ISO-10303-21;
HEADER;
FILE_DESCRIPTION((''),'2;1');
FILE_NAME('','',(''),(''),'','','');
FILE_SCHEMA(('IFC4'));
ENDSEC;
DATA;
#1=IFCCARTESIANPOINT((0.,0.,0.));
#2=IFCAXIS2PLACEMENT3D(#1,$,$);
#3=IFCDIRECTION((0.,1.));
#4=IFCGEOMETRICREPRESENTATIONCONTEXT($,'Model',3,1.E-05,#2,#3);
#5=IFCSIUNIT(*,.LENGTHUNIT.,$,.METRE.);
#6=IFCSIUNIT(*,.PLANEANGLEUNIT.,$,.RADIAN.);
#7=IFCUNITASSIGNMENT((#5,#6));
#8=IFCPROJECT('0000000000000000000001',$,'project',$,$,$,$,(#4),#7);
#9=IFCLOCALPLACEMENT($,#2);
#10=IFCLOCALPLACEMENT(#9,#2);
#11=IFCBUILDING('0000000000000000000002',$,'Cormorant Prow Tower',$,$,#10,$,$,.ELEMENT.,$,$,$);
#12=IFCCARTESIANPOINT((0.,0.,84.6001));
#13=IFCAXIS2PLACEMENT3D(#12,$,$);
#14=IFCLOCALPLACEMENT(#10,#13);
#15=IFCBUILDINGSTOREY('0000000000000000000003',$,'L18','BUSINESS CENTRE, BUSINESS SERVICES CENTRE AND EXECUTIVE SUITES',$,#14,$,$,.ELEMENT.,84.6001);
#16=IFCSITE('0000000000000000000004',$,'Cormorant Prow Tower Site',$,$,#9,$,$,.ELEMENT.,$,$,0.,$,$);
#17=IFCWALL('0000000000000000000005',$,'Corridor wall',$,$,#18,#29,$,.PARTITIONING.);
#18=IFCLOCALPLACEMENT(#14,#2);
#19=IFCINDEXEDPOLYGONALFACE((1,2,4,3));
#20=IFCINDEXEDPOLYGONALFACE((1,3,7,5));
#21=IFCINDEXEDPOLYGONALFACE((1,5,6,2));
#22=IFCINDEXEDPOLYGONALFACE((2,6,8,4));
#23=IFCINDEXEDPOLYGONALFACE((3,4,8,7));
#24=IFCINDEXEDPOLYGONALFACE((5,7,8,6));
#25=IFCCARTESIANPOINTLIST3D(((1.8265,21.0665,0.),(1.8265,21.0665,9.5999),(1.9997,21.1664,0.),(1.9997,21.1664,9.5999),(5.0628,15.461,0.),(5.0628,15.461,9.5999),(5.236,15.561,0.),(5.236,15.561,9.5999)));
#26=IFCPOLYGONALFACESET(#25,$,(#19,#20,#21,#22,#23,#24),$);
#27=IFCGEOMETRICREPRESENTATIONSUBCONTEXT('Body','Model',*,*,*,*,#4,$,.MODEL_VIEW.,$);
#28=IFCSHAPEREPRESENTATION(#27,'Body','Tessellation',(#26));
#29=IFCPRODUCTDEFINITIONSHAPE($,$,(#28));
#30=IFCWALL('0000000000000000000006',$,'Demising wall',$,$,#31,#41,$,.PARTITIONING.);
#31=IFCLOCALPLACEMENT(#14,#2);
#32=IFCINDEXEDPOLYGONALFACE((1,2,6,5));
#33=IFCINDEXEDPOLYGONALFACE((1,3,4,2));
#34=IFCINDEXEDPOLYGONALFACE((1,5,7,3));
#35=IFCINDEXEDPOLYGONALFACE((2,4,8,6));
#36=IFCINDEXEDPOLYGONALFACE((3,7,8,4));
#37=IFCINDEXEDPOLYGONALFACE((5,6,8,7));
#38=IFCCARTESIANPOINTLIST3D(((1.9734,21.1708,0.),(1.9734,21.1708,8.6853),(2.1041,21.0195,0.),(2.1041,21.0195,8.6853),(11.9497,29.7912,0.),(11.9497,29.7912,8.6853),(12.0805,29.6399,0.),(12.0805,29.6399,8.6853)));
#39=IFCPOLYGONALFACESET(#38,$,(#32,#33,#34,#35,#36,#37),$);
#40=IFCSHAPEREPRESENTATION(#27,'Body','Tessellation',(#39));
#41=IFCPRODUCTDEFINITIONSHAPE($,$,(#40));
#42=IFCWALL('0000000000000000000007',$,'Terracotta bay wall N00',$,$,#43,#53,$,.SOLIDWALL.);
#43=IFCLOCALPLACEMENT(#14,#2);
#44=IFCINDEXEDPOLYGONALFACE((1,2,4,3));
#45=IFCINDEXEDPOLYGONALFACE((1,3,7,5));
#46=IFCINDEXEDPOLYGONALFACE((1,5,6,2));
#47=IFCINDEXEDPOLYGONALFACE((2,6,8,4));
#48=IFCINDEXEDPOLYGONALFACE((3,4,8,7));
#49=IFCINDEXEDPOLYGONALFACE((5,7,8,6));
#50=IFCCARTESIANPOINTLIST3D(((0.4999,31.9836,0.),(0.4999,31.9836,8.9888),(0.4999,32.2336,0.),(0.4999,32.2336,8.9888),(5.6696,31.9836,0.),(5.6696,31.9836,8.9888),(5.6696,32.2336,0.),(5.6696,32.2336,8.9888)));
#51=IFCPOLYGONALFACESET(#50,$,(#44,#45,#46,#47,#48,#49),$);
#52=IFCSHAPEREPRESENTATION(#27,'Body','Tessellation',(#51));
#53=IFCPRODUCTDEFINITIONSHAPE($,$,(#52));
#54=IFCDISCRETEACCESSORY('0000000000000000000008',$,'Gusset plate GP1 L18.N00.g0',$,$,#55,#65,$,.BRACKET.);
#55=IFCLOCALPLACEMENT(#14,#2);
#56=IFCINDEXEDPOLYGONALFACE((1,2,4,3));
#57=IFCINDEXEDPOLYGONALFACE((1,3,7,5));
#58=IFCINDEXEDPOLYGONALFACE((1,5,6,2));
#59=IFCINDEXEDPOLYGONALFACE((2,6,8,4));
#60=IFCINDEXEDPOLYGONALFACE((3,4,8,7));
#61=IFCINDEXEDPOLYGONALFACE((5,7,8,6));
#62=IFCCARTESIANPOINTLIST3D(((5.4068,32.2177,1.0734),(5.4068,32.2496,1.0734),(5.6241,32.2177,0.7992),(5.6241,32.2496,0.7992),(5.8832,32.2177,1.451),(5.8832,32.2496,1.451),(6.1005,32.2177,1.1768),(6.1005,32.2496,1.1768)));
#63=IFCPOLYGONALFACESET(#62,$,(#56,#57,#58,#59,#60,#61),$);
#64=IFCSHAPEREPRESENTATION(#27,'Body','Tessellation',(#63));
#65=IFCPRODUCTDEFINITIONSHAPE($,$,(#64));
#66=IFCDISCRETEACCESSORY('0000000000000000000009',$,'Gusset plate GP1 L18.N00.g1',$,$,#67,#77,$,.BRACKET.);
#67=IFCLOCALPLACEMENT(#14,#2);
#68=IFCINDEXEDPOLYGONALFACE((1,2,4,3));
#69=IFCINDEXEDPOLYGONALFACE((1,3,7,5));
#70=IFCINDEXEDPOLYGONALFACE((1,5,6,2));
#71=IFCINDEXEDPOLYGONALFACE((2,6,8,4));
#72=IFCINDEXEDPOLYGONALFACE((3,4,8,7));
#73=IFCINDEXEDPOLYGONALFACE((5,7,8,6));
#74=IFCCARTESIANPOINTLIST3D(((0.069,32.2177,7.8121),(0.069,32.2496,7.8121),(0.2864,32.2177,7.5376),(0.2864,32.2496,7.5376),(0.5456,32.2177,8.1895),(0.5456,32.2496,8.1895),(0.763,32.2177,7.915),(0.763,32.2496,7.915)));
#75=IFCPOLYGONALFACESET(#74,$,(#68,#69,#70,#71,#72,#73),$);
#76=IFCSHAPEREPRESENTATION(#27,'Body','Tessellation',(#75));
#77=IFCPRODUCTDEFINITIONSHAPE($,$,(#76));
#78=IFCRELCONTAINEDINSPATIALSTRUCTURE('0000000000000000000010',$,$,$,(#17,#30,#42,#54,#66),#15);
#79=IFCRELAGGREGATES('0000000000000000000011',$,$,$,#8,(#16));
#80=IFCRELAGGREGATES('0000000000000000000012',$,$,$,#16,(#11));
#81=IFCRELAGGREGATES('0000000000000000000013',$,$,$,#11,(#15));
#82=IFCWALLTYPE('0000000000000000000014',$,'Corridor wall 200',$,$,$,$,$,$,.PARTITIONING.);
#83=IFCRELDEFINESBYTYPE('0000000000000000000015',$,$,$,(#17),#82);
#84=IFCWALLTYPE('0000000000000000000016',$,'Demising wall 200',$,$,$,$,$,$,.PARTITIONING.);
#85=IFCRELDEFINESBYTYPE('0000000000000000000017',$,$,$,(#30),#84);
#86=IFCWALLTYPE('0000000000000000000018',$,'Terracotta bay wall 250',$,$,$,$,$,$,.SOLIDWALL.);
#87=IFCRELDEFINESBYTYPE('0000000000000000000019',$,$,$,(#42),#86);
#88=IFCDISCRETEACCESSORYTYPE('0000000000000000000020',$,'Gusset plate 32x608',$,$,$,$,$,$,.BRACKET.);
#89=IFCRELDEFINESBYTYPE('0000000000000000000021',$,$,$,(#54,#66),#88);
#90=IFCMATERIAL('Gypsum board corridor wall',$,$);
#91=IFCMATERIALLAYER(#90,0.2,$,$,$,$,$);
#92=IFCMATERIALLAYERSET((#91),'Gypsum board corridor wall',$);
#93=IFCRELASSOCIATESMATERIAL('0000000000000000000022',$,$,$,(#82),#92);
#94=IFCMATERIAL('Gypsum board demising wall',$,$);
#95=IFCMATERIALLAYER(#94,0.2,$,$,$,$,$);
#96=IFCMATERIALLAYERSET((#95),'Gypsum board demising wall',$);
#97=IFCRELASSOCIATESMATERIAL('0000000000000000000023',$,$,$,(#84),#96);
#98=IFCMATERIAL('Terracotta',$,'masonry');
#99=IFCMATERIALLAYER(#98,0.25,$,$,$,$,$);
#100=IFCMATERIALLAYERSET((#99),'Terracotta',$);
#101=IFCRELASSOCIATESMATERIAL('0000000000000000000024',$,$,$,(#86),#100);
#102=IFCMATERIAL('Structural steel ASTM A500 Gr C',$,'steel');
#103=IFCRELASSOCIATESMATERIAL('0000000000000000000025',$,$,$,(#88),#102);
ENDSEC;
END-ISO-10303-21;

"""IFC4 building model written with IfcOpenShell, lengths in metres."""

from ifc_helpers import new_model, si_unit, direction, frame, frame_2d, origin, origin_2d, place, context, subcontext, project, spatial, rectangle, extrude, material, layer, layer_set, material_profile, profile_set, type_object, element, save


model = new_model("IFC4")

# Units and contexts
model_context = context("Model", 3, precision=1e-05, world=origin(), true_north=direction((0.0, 1.0)))
body_context = subcontext(model_context, "Body", "Model", "MODEL_VIEW")
ifc_project = project(units=[si_unit("LENGTHUNIT", "METRE"), si_unit("PLANEANGLEUNIT", "RADIAN")], contexts=[model_context])

# Site, building, storey
site_placement = place(None, origin())
site = spatial("IfcSite", under=ifc_project, at=site_placement, Name="Cormorant Prow Tower Site", CompositionType="ELEMENT", RefElevation=0.0)
building_placement = place(site_placement, origin())
building = spatial("IfcBuilding", under=site, at=building_placement, Name="Cormorant Prow Tower", CompositionType="ELEMENT")
storey_placement = place(building_placement, frame((0.0, 0.0, 84.6001)))
storey = spatial("IfcBuildingStorey", under=building, at=storey_placement, Name="L18", Description="BUSINESS CENTRE, BUSINESS SERVICES CENTRE AND EXECUTIVE SUITES", CompositionType="ELEMENT", Elevation=84.6001)

# Walls
ifc_material_1 = material(Name="Gypsum board corridor wall")
ifc_layer_1 = layer(ifc_material_1, 0.2)
ifc_layer_set_1 = layer_set([ifc_layer_1], Name="Gypsum board corridor wall")
wall_type_1 = type_object("IfcWallType", Name="Corridor wall 200", PredefinedType="PARTITIONING", material=ifc_layer_set_1)
wall_1_placement = place(storey_placement, frame((1.9131, 21.1165, 0.0), z_axis=(0.0, 0.0, 1.0), x_axis=(0.500001, -0.866025, 0.0)))
element("IfcWall", 1, at=wall_1_placement, inside=storey, type_object=wall_type_1, Name="Corridor wall", PredefinedType="PARTITIONING", context=body_context, shape_type="SweptSolid", body=[
    extrude(rectangle(XDim=6.4727, YDim=0.2, at=frame_2d((3.2363, 0.0))), origin(), (0.0, 0.0, 1.0), 9.5999),
])
ifc_material_2 = material(Name="Gypsum board demising wall")
ifc_layer_2 = layer(ifc_material_2, 0.2)
ifc_layer_set_2 = layer_set([ifc_layer_2], Name="Gypsum board demising wall")
wall_type_2 = type_object("IfcWallType", Name="Demising wall 200", PredefinedType="PARTITIONING", material=ifc_layer_set_2)
wall_2_placement = place(storey_placement, frame((2.0388, 21.0952, 0.0), z_axis=(0.0, 0.0, 1.0), x_axis=(0.756656, 0.653813, 0.0)))
element("IfcWall", 2, at=wall_2_placement, inside=storey, type_object=wall_type_2, Name="Demising wall", PredefinedType="PARTITIONING", context=body_context, shape_type="SweptSolid", body=[
    extrude(rectangle(XDim=13.1848, YDim=0.2, at=frame_2d((6.5923, 0.0))), origin(), (0.0, 0.0, 1.0), 8.6853),
])
ifc_material_3 = material(Name="Terracotta", Category="masonry")
ifc_layer_3 = layer(ifc_material_3, 0.25)
ifc_layer_set_3 = layer_set([ifc_layer_3], Name="Terracotta")
wall_type_3 = type_object("IfcWallType", Name="Terracotta bay wall 250", PredefinedType="SOLIDWALL", material=ifc_layer_set_3)
wall_3_placement = place(storey_placement, frame((5.6697, 32.1086, 0.0), z_axis=(0.0, 0.0, 1.0), x_axis=(-1.0, 0.0, 0.0)))
element("IfcWall", 3, at=wall_3_placement, inside=storey, type_object=wall_type_3, Name="Terracotta bay wall N00", PredefinedType="SOLIDWALL", context=body_context, shape_type="SweptSolid", body=[
    extrude(rectangle(XDim=5.1697, YDim=0.25, at=frame_2d((2.585, 0.0))), origin(), (0.0, 0.0, 1.0), 8.9888),
])

# Discrete accessories
ifc_material_4 = material(Name="Structural steel ASTM A500 Gr C", Category="steel")
ifc_material_profile_1 = material_profile(ifc_material_4, rectangle(XDim=0.032, YDim=0.6079, at=origin_2d()), Name="Gusset plate 32x608")
ifc_profile_set_1 = profile_set([ifc_material_profile_1], Name="Structural steel ASTM A500 Gr C")
discrete_accessory_type = type_object("IfcDiscreteAccessoryType", Name="Gusset plate 32x608", PredefinedType="BRACKET", material=ifc_profile_set_1)
discrete_accessory_1_placement = place(storey_placement, frame((5.645, 32.2336, 1.2622), z_axis=(0.621114, 0.0, -0.78372), x_axis=(0.0, 1.0, 0.0)))
element("IfcDiscreteAccessory", 4, at=discrete_accessory_1_placement, inside=storey, type_object=discrete_accessory_type, Name="Gusset plate GP1 L18.N00.g0", PredefinedType="BRACKET", context=body_context, shape_type="SweptSolid", body=[
    extrude(rectangle(XDim=0.032, YDim=0.6079, at=origin_2d()), origin(), (0.0, 0.0, 1.0), 0.3499),
])
discrete_accessory_2_placement = place(storey_placement, frame((0.5247, 32.2336, 7.7263), z_axis=(-0.620774, 0.0, 0.783989), x_axis=(0.0, -1.0, 0.0)))
element("IfcDiscreteAccessory", 5, at=discrete_accessory_2_placement, inside=storey, type_object=discrete_accessory_type, Name="Gusset plate GP1 L18.N00.g1", PredefinedType="BRACKET", context=body_context, shape_type="SweptSolid", body=[
    extrude(rectangle(XDim=0.032, YDim=0.6079, at=origin_2d()), origin(), (0.0, 0.0, 1.0), 0.3501),
])

save(model, "model.ifc")
